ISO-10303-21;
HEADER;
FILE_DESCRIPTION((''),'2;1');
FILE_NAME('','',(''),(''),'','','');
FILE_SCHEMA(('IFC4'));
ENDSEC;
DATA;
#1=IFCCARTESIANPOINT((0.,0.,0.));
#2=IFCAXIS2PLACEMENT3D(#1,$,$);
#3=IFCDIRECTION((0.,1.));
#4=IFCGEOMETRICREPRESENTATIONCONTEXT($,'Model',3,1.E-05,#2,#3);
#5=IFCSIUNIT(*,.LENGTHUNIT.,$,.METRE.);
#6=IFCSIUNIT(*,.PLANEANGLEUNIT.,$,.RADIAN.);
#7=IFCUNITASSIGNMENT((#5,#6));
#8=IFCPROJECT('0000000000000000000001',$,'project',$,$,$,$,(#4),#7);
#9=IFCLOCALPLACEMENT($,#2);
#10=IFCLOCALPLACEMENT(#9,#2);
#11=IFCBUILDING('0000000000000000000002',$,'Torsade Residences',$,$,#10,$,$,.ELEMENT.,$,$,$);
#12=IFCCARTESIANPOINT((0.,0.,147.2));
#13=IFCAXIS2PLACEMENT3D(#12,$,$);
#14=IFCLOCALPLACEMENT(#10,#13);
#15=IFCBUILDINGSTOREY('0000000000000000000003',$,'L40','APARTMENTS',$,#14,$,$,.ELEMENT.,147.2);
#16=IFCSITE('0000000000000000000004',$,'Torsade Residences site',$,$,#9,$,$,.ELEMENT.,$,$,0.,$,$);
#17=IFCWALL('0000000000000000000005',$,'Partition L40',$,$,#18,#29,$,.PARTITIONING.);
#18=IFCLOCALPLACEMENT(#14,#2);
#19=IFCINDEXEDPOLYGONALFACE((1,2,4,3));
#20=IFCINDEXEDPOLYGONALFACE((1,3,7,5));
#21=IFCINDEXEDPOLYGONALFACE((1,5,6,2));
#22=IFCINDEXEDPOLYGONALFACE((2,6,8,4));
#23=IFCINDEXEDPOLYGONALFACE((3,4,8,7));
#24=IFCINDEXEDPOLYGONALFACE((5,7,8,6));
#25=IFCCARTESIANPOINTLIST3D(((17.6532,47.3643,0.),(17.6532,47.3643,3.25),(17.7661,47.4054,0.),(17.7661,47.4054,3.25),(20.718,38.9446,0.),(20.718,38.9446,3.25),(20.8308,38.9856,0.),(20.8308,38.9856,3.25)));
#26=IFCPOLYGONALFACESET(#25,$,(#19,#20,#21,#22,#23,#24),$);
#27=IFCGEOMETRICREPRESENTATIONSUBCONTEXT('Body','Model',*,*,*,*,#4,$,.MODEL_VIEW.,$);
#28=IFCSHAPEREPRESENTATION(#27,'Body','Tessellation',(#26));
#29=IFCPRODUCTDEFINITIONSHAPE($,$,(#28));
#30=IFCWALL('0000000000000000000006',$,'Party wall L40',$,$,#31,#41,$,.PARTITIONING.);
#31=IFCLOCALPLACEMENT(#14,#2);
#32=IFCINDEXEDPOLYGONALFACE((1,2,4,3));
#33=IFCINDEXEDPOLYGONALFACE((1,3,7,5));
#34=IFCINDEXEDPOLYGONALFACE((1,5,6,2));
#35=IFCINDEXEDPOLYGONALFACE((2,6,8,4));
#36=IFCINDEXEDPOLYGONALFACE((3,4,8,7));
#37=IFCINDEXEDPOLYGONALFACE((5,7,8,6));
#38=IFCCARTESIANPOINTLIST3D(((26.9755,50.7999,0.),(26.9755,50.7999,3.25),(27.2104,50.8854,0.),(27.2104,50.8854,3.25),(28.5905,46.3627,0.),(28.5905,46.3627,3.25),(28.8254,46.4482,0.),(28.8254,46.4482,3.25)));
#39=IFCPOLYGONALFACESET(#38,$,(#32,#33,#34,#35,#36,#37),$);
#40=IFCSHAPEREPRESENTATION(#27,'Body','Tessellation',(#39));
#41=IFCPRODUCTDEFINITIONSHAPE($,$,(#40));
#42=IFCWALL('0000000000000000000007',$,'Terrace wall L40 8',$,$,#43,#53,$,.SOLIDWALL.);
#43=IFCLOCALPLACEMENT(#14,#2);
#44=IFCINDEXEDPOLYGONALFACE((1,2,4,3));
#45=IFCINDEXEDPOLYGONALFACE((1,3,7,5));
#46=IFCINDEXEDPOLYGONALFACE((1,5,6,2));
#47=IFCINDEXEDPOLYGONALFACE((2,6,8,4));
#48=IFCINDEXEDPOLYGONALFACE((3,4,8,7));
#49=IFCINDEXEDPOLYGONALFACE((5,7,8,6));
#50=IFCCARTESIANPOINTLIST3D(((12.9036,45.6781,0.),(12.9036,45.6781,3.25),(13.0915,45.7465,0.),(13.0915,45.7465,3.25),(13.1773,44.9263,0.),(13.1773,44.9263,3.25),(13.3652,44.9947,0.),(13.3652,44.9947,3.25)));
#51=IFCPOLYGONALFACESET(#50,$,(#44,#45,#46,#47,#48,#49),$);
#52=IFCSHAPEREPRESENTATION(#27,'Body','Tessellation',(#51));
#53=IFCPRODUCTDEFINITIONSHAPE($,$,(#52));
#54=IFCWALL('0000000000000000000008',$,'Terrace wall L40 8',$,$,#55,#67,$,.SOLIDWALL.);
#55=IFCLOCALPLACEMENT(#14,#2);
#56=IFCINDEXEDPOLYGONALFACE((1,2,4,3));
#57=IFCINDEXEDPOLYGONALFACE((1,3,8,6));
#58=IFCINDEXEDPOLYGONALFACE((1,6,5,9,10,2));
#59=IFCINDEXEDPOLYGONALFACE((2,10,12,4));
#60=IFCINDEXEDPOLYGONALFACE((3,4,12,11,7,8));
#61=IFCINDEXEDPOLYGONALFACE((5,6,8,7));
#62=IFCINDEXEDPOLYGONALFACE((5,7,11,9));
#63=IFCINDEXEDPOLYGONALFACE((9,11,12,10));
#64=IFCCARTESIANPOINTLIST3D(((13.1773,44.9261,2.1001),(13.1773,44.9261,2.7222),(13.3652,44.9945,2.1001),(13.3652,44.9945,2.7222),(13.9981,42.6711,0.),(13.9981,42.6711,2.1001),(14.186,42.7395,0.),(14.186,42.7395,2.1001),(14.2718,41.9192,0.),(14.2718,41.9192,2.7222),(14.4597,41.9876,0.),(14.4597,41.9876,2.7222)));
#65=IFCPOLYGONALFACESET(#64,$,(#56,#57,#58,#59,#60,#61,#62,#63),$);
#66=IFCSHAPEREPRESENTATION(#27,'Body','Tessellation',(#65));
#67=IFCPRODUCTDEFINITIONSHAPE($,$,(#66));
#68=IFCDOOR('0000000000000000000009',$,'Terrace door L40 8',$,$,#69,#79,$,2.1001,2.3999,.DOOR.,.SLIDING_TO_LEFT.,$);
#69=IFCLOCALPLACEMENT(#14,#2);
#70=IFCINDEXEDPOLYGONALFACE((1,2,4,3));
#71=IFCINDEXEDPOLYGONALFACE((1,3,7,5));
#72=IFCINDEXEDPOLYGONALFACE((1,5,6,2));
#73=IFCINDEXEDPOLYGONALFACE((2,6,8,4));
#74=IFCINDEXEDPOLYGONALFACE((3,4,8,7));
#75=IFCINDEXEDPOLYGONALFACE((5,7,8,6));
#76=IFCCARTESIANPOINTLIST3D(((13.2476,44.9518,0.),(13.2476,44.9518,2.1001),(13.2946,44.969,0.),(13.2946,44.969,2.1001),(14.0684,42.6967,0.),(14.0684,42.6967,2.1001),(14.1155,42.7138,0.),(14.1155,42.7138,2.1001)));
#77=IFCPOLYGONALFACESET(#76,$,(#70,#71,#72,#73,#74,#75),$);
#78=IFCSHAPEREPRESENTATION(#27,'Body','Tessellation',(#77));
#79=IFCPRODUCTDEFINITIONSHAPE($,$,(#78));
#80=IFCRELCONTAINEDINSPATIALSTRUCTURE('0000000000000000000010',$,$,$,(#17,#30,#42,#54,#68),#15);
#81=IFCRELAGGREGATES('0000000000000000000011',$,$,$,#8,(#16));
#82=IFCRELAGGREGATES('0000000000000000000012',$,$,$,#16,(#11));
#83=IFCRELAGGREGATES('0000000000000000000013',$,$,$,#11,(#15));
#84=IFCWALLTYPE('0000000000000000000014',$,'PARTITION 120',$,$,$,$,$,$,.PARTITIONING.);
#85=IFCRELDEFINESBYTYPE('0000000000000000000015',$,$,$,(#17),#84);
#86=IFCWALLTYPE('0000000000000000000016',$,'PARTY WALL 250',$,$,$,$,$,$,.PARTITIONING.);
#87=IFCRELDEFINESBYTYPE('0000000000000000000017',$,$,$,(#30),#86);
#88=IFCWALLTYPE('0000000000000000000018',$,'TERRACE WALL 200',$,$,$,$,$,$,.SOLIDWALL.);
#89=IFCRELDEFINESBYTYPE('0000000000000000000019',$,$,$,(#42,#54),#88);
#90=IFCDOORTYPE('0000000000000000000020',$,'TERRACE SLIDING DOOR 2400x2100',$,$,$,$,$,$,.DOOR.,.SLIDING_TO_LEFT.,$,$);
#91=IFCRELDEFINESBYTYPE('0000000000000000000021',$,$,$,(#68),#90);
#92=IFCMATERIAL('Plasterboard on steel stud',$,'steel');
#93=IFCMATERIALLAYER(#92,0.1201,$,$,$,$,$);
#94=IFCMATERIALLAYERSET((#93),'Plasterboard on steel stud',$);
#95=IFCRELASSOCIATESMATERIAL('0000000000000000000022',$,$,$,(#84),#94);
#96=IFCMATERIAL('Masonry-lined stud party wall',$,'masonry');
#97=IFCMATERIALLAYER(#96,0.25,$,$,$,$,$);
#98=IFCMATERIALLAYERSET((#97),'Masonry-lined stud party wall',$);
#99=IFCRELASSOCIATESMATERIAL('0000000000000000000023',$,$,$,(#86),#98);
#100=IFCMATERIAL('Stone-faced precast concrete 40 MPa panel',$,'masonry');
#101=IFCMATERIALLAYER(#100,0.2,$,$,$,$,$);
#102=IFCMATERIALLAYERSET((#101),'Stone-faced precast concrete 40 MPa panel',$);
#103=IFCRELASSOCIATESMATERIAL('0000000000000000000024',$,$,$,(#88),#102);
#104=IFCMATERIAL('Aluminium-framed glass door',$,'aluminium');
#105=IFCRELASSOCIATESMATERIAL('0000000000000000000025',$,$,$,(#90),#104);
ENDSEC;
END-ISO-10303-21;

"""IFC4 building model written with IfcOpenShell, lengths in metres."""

from ifc_helpers import new_model, si_unit, direction, frame, frame_2d, origin, place, context, subcontext, project, spatial, rectangle, extrude, material, layer, layer_set, type_object, element, fill, save


model = new_model("IFC4")

# Units and contexts
model_context = context("Model", 3, precision=1e-05, world=origin(), true_north=direction((0.0, 1.0)))
body_context = subcontext(model_context, "Body", "Model", "MODEL_VIEW")
ifc_project = project(units=[si_unit("LENGTHUNIT", "METRE"), si_unit("PLANEANGLEUNIT", "RADIAN")], contexts=[model_context])

# Site, building, storey
site_placement = place(None, origin())
site = spatial("IfcSite", under=ifc_project, at=site_placement, Name="Torsade Residences site", CompositionType="ELEMENT", RefElevation=0.0)
building_placement = place(site_placement, origin())
building = spatial("IfcBuilding", under=site, at=building_placement, Name="Torsade Residences", CompositionType="ELEMENT")
storey_placement = place(building_placement, frame((0.0, 0.0, 147.2)))
storey = spatial("IfcBuildingStorey", under=building, at=storey_placement, Name="L40", Description="APARTMENTS", CompositionType="ELEMENT", Elevation=147.2)

# Walls
ifc_material_1 = material(Name="Plasterboard on steel stud", Category="steel")
ifc_layer_1 = layer(ifc_material_1, 0.1201)
ifc_layer_set_1 = layer_set([ifc_layer_1], Name="Plasterboard on steel stud")
wall_type_1 = type_object("IfcWallType", Name="PARTITION 120", PredefinedType="PARTITIONING", material=ifc_layer_set_1)
wall_1_placement = place(storey_placement, frame((17.7097, 47.3848, 0.0), z_axis=(0.0, 0.0, 1.0), x_axis=(0.342038, -0.939686, 0.0)))
element("IfcWall", 1, at=wall_1_placement, inside=storey, type_object=wall_type_1, Name="Partition L40", PredefinedType="PARTITIONING", context=body_context, shape_type="SweptSolid", body=[
    extrude(rectangle(XDim=8.9602, YDim=0.1201, at=frame_2d((4.48, 0.0))), origin(), (0.0, 0.0, 1.0), 3.25),
])
ifc_material_2 = material(Name="Masonry-lined stud party wall", Category="masonry")
ifc_layer_2 = layer(ifc_material_2, 0.25)
ifc_layer_set_2 = layer_set([ifc_layer_2], Name="Masonry-lined stud party wall")
wall_type_2 = type_object("IfcWallType", Name="PARTY WALL 250", PredefinedType="PARTITIONING", material=ifc_layer_set_2)
wall_2_placement = place(storey_placement, frame((27.093, 50.8425, 0.0), z_axis=(0.0, 0.0, 1.0), x_axis=(0.342013, -0.939695, 0.0)))
element("IfcWall", 2, at=wall_2_placement, inside=storey, type_object=wall_type_2, Name="Party wall L40", PredefinedType="PARTITIONING", context=body_context, shape_type="SweptSolid", body=[
    extrude(rectangle(XDim=4.7219, YDim=0.25, at=frame_2d((2.3608, 0.0))), origin(), (0.0, 0.0, 1.0), 3.25),
])
ifc_material_3 = material(Name="Stone-faced precast concrete 40 MPa panel", Category="masonry")
ifc_layer_3 = layer(ifc_material_3, 0.2)
ifc_layer_set_3 = layer_set([ifc_layer_3], Name="Stone-faced precast concrete 40 MPa panel")
wall_type_3 = type_object("IfcWallType", Name="TERRACE WALL 200", PredefinedType="SOLIDWALL", material=ifc_layer_set_3)
wall_3_placement = place(storey_placement, frame((12.9976, 45.7122, 0.0), z_axis=(0.0, 0.0, 1.0), x_axis=(0.342111, -0.93966, 0.0)))
element("IfcWall", 3, at=wall_3_placement, inside=storey, type_object=wall_type_3, Name="Terrace wall L40 8", PredefinedType="SOLIDWALL", context=body_context, shape_type="SweptSolid", body=[
    extrude(rectangle(XDim=0.8, YDim=0.2, at=frame_2d((0.3999, 0.0))), origin(), (0.0, 0.0, 1.0), 3.25),
])

# Wall, opening, door
wall_4_placement = place(storey_placement, frame((13.2712, 44.9604, 0.0), z_axis=(0.0, 0.0, 1.0), x_axis=(0.342019, -0.939693, 0.0)))
wall_4 = element("IfcWall", 4, at=wall_4_placement, inside=storey, type_object=wall_type_3, Name="Terrace wall L40 8", PredefinedType="SOLIDWALL", context=body_context, shape_type="SweptSolid", body=[
    extrude(rectangle(XDim=3.2, YDim=0.2, at=frame_2d((1.6001, 0.0))), origin(), (0.0, 0.0, 1.0), 2.7222),
])
opening_1_placement = place(wall_4_placement, origin())
opening_1 = element("IfcOpeningElement", 5, at=opening_1_placement, cuts=wall_4, PredefinedType="OPENING", context=body_context, shape_type="SweptSolid", body=[
    extrude(rectangle(XDim=2.3999, YDim=2.1001, at=frame_2d((1.2, 1.05))), frame((0.0, 0.1099, 0.0), z_axis=(0.0, -1.0, 0.0), x_axis=(1.0, 0.0, 0.0)), (0.0, 0.0, 1.0), 0.22),
])
ifc_material_4 = material(Name="Aluminium-framed glass door", Category="aluminium")
door_type_1 = type_object("IfcDoorType", Name="TERRACE SLIDING DOOR 2400x2100", OperationType="SLIDING_TO_LEFT", PredefinedType="DOOR", material=ifc_material_4)
door_1_placement = place(opening_1_placement, origin())
door_1 = element("IfcDoor", 6, at=door_1_placement, inside=storey, type_object=door_type_1, Name="Terrace door L40 8", OperationType="SLIDING_TO_LEFT", OverallHeight=2.1001, OverallWidth=2.3999, PredefinedType="DOOR", context=body_context, shape_type="SweptSolid", body=[
    extrude(rectangle(XDim=2.3999, YDim=2.1001, at=frame_2d((1.2, 1.05))), frame((0.0, 0.0249, 0.0), z_axis=(0.0, -1.0, 0.0), x_axis=(1.0, 0.0, 0.0)), (0.0, 0.0, 1.0), 0.05),
])
fill(opening_1, door_1)

save(model, "model.ifc")
